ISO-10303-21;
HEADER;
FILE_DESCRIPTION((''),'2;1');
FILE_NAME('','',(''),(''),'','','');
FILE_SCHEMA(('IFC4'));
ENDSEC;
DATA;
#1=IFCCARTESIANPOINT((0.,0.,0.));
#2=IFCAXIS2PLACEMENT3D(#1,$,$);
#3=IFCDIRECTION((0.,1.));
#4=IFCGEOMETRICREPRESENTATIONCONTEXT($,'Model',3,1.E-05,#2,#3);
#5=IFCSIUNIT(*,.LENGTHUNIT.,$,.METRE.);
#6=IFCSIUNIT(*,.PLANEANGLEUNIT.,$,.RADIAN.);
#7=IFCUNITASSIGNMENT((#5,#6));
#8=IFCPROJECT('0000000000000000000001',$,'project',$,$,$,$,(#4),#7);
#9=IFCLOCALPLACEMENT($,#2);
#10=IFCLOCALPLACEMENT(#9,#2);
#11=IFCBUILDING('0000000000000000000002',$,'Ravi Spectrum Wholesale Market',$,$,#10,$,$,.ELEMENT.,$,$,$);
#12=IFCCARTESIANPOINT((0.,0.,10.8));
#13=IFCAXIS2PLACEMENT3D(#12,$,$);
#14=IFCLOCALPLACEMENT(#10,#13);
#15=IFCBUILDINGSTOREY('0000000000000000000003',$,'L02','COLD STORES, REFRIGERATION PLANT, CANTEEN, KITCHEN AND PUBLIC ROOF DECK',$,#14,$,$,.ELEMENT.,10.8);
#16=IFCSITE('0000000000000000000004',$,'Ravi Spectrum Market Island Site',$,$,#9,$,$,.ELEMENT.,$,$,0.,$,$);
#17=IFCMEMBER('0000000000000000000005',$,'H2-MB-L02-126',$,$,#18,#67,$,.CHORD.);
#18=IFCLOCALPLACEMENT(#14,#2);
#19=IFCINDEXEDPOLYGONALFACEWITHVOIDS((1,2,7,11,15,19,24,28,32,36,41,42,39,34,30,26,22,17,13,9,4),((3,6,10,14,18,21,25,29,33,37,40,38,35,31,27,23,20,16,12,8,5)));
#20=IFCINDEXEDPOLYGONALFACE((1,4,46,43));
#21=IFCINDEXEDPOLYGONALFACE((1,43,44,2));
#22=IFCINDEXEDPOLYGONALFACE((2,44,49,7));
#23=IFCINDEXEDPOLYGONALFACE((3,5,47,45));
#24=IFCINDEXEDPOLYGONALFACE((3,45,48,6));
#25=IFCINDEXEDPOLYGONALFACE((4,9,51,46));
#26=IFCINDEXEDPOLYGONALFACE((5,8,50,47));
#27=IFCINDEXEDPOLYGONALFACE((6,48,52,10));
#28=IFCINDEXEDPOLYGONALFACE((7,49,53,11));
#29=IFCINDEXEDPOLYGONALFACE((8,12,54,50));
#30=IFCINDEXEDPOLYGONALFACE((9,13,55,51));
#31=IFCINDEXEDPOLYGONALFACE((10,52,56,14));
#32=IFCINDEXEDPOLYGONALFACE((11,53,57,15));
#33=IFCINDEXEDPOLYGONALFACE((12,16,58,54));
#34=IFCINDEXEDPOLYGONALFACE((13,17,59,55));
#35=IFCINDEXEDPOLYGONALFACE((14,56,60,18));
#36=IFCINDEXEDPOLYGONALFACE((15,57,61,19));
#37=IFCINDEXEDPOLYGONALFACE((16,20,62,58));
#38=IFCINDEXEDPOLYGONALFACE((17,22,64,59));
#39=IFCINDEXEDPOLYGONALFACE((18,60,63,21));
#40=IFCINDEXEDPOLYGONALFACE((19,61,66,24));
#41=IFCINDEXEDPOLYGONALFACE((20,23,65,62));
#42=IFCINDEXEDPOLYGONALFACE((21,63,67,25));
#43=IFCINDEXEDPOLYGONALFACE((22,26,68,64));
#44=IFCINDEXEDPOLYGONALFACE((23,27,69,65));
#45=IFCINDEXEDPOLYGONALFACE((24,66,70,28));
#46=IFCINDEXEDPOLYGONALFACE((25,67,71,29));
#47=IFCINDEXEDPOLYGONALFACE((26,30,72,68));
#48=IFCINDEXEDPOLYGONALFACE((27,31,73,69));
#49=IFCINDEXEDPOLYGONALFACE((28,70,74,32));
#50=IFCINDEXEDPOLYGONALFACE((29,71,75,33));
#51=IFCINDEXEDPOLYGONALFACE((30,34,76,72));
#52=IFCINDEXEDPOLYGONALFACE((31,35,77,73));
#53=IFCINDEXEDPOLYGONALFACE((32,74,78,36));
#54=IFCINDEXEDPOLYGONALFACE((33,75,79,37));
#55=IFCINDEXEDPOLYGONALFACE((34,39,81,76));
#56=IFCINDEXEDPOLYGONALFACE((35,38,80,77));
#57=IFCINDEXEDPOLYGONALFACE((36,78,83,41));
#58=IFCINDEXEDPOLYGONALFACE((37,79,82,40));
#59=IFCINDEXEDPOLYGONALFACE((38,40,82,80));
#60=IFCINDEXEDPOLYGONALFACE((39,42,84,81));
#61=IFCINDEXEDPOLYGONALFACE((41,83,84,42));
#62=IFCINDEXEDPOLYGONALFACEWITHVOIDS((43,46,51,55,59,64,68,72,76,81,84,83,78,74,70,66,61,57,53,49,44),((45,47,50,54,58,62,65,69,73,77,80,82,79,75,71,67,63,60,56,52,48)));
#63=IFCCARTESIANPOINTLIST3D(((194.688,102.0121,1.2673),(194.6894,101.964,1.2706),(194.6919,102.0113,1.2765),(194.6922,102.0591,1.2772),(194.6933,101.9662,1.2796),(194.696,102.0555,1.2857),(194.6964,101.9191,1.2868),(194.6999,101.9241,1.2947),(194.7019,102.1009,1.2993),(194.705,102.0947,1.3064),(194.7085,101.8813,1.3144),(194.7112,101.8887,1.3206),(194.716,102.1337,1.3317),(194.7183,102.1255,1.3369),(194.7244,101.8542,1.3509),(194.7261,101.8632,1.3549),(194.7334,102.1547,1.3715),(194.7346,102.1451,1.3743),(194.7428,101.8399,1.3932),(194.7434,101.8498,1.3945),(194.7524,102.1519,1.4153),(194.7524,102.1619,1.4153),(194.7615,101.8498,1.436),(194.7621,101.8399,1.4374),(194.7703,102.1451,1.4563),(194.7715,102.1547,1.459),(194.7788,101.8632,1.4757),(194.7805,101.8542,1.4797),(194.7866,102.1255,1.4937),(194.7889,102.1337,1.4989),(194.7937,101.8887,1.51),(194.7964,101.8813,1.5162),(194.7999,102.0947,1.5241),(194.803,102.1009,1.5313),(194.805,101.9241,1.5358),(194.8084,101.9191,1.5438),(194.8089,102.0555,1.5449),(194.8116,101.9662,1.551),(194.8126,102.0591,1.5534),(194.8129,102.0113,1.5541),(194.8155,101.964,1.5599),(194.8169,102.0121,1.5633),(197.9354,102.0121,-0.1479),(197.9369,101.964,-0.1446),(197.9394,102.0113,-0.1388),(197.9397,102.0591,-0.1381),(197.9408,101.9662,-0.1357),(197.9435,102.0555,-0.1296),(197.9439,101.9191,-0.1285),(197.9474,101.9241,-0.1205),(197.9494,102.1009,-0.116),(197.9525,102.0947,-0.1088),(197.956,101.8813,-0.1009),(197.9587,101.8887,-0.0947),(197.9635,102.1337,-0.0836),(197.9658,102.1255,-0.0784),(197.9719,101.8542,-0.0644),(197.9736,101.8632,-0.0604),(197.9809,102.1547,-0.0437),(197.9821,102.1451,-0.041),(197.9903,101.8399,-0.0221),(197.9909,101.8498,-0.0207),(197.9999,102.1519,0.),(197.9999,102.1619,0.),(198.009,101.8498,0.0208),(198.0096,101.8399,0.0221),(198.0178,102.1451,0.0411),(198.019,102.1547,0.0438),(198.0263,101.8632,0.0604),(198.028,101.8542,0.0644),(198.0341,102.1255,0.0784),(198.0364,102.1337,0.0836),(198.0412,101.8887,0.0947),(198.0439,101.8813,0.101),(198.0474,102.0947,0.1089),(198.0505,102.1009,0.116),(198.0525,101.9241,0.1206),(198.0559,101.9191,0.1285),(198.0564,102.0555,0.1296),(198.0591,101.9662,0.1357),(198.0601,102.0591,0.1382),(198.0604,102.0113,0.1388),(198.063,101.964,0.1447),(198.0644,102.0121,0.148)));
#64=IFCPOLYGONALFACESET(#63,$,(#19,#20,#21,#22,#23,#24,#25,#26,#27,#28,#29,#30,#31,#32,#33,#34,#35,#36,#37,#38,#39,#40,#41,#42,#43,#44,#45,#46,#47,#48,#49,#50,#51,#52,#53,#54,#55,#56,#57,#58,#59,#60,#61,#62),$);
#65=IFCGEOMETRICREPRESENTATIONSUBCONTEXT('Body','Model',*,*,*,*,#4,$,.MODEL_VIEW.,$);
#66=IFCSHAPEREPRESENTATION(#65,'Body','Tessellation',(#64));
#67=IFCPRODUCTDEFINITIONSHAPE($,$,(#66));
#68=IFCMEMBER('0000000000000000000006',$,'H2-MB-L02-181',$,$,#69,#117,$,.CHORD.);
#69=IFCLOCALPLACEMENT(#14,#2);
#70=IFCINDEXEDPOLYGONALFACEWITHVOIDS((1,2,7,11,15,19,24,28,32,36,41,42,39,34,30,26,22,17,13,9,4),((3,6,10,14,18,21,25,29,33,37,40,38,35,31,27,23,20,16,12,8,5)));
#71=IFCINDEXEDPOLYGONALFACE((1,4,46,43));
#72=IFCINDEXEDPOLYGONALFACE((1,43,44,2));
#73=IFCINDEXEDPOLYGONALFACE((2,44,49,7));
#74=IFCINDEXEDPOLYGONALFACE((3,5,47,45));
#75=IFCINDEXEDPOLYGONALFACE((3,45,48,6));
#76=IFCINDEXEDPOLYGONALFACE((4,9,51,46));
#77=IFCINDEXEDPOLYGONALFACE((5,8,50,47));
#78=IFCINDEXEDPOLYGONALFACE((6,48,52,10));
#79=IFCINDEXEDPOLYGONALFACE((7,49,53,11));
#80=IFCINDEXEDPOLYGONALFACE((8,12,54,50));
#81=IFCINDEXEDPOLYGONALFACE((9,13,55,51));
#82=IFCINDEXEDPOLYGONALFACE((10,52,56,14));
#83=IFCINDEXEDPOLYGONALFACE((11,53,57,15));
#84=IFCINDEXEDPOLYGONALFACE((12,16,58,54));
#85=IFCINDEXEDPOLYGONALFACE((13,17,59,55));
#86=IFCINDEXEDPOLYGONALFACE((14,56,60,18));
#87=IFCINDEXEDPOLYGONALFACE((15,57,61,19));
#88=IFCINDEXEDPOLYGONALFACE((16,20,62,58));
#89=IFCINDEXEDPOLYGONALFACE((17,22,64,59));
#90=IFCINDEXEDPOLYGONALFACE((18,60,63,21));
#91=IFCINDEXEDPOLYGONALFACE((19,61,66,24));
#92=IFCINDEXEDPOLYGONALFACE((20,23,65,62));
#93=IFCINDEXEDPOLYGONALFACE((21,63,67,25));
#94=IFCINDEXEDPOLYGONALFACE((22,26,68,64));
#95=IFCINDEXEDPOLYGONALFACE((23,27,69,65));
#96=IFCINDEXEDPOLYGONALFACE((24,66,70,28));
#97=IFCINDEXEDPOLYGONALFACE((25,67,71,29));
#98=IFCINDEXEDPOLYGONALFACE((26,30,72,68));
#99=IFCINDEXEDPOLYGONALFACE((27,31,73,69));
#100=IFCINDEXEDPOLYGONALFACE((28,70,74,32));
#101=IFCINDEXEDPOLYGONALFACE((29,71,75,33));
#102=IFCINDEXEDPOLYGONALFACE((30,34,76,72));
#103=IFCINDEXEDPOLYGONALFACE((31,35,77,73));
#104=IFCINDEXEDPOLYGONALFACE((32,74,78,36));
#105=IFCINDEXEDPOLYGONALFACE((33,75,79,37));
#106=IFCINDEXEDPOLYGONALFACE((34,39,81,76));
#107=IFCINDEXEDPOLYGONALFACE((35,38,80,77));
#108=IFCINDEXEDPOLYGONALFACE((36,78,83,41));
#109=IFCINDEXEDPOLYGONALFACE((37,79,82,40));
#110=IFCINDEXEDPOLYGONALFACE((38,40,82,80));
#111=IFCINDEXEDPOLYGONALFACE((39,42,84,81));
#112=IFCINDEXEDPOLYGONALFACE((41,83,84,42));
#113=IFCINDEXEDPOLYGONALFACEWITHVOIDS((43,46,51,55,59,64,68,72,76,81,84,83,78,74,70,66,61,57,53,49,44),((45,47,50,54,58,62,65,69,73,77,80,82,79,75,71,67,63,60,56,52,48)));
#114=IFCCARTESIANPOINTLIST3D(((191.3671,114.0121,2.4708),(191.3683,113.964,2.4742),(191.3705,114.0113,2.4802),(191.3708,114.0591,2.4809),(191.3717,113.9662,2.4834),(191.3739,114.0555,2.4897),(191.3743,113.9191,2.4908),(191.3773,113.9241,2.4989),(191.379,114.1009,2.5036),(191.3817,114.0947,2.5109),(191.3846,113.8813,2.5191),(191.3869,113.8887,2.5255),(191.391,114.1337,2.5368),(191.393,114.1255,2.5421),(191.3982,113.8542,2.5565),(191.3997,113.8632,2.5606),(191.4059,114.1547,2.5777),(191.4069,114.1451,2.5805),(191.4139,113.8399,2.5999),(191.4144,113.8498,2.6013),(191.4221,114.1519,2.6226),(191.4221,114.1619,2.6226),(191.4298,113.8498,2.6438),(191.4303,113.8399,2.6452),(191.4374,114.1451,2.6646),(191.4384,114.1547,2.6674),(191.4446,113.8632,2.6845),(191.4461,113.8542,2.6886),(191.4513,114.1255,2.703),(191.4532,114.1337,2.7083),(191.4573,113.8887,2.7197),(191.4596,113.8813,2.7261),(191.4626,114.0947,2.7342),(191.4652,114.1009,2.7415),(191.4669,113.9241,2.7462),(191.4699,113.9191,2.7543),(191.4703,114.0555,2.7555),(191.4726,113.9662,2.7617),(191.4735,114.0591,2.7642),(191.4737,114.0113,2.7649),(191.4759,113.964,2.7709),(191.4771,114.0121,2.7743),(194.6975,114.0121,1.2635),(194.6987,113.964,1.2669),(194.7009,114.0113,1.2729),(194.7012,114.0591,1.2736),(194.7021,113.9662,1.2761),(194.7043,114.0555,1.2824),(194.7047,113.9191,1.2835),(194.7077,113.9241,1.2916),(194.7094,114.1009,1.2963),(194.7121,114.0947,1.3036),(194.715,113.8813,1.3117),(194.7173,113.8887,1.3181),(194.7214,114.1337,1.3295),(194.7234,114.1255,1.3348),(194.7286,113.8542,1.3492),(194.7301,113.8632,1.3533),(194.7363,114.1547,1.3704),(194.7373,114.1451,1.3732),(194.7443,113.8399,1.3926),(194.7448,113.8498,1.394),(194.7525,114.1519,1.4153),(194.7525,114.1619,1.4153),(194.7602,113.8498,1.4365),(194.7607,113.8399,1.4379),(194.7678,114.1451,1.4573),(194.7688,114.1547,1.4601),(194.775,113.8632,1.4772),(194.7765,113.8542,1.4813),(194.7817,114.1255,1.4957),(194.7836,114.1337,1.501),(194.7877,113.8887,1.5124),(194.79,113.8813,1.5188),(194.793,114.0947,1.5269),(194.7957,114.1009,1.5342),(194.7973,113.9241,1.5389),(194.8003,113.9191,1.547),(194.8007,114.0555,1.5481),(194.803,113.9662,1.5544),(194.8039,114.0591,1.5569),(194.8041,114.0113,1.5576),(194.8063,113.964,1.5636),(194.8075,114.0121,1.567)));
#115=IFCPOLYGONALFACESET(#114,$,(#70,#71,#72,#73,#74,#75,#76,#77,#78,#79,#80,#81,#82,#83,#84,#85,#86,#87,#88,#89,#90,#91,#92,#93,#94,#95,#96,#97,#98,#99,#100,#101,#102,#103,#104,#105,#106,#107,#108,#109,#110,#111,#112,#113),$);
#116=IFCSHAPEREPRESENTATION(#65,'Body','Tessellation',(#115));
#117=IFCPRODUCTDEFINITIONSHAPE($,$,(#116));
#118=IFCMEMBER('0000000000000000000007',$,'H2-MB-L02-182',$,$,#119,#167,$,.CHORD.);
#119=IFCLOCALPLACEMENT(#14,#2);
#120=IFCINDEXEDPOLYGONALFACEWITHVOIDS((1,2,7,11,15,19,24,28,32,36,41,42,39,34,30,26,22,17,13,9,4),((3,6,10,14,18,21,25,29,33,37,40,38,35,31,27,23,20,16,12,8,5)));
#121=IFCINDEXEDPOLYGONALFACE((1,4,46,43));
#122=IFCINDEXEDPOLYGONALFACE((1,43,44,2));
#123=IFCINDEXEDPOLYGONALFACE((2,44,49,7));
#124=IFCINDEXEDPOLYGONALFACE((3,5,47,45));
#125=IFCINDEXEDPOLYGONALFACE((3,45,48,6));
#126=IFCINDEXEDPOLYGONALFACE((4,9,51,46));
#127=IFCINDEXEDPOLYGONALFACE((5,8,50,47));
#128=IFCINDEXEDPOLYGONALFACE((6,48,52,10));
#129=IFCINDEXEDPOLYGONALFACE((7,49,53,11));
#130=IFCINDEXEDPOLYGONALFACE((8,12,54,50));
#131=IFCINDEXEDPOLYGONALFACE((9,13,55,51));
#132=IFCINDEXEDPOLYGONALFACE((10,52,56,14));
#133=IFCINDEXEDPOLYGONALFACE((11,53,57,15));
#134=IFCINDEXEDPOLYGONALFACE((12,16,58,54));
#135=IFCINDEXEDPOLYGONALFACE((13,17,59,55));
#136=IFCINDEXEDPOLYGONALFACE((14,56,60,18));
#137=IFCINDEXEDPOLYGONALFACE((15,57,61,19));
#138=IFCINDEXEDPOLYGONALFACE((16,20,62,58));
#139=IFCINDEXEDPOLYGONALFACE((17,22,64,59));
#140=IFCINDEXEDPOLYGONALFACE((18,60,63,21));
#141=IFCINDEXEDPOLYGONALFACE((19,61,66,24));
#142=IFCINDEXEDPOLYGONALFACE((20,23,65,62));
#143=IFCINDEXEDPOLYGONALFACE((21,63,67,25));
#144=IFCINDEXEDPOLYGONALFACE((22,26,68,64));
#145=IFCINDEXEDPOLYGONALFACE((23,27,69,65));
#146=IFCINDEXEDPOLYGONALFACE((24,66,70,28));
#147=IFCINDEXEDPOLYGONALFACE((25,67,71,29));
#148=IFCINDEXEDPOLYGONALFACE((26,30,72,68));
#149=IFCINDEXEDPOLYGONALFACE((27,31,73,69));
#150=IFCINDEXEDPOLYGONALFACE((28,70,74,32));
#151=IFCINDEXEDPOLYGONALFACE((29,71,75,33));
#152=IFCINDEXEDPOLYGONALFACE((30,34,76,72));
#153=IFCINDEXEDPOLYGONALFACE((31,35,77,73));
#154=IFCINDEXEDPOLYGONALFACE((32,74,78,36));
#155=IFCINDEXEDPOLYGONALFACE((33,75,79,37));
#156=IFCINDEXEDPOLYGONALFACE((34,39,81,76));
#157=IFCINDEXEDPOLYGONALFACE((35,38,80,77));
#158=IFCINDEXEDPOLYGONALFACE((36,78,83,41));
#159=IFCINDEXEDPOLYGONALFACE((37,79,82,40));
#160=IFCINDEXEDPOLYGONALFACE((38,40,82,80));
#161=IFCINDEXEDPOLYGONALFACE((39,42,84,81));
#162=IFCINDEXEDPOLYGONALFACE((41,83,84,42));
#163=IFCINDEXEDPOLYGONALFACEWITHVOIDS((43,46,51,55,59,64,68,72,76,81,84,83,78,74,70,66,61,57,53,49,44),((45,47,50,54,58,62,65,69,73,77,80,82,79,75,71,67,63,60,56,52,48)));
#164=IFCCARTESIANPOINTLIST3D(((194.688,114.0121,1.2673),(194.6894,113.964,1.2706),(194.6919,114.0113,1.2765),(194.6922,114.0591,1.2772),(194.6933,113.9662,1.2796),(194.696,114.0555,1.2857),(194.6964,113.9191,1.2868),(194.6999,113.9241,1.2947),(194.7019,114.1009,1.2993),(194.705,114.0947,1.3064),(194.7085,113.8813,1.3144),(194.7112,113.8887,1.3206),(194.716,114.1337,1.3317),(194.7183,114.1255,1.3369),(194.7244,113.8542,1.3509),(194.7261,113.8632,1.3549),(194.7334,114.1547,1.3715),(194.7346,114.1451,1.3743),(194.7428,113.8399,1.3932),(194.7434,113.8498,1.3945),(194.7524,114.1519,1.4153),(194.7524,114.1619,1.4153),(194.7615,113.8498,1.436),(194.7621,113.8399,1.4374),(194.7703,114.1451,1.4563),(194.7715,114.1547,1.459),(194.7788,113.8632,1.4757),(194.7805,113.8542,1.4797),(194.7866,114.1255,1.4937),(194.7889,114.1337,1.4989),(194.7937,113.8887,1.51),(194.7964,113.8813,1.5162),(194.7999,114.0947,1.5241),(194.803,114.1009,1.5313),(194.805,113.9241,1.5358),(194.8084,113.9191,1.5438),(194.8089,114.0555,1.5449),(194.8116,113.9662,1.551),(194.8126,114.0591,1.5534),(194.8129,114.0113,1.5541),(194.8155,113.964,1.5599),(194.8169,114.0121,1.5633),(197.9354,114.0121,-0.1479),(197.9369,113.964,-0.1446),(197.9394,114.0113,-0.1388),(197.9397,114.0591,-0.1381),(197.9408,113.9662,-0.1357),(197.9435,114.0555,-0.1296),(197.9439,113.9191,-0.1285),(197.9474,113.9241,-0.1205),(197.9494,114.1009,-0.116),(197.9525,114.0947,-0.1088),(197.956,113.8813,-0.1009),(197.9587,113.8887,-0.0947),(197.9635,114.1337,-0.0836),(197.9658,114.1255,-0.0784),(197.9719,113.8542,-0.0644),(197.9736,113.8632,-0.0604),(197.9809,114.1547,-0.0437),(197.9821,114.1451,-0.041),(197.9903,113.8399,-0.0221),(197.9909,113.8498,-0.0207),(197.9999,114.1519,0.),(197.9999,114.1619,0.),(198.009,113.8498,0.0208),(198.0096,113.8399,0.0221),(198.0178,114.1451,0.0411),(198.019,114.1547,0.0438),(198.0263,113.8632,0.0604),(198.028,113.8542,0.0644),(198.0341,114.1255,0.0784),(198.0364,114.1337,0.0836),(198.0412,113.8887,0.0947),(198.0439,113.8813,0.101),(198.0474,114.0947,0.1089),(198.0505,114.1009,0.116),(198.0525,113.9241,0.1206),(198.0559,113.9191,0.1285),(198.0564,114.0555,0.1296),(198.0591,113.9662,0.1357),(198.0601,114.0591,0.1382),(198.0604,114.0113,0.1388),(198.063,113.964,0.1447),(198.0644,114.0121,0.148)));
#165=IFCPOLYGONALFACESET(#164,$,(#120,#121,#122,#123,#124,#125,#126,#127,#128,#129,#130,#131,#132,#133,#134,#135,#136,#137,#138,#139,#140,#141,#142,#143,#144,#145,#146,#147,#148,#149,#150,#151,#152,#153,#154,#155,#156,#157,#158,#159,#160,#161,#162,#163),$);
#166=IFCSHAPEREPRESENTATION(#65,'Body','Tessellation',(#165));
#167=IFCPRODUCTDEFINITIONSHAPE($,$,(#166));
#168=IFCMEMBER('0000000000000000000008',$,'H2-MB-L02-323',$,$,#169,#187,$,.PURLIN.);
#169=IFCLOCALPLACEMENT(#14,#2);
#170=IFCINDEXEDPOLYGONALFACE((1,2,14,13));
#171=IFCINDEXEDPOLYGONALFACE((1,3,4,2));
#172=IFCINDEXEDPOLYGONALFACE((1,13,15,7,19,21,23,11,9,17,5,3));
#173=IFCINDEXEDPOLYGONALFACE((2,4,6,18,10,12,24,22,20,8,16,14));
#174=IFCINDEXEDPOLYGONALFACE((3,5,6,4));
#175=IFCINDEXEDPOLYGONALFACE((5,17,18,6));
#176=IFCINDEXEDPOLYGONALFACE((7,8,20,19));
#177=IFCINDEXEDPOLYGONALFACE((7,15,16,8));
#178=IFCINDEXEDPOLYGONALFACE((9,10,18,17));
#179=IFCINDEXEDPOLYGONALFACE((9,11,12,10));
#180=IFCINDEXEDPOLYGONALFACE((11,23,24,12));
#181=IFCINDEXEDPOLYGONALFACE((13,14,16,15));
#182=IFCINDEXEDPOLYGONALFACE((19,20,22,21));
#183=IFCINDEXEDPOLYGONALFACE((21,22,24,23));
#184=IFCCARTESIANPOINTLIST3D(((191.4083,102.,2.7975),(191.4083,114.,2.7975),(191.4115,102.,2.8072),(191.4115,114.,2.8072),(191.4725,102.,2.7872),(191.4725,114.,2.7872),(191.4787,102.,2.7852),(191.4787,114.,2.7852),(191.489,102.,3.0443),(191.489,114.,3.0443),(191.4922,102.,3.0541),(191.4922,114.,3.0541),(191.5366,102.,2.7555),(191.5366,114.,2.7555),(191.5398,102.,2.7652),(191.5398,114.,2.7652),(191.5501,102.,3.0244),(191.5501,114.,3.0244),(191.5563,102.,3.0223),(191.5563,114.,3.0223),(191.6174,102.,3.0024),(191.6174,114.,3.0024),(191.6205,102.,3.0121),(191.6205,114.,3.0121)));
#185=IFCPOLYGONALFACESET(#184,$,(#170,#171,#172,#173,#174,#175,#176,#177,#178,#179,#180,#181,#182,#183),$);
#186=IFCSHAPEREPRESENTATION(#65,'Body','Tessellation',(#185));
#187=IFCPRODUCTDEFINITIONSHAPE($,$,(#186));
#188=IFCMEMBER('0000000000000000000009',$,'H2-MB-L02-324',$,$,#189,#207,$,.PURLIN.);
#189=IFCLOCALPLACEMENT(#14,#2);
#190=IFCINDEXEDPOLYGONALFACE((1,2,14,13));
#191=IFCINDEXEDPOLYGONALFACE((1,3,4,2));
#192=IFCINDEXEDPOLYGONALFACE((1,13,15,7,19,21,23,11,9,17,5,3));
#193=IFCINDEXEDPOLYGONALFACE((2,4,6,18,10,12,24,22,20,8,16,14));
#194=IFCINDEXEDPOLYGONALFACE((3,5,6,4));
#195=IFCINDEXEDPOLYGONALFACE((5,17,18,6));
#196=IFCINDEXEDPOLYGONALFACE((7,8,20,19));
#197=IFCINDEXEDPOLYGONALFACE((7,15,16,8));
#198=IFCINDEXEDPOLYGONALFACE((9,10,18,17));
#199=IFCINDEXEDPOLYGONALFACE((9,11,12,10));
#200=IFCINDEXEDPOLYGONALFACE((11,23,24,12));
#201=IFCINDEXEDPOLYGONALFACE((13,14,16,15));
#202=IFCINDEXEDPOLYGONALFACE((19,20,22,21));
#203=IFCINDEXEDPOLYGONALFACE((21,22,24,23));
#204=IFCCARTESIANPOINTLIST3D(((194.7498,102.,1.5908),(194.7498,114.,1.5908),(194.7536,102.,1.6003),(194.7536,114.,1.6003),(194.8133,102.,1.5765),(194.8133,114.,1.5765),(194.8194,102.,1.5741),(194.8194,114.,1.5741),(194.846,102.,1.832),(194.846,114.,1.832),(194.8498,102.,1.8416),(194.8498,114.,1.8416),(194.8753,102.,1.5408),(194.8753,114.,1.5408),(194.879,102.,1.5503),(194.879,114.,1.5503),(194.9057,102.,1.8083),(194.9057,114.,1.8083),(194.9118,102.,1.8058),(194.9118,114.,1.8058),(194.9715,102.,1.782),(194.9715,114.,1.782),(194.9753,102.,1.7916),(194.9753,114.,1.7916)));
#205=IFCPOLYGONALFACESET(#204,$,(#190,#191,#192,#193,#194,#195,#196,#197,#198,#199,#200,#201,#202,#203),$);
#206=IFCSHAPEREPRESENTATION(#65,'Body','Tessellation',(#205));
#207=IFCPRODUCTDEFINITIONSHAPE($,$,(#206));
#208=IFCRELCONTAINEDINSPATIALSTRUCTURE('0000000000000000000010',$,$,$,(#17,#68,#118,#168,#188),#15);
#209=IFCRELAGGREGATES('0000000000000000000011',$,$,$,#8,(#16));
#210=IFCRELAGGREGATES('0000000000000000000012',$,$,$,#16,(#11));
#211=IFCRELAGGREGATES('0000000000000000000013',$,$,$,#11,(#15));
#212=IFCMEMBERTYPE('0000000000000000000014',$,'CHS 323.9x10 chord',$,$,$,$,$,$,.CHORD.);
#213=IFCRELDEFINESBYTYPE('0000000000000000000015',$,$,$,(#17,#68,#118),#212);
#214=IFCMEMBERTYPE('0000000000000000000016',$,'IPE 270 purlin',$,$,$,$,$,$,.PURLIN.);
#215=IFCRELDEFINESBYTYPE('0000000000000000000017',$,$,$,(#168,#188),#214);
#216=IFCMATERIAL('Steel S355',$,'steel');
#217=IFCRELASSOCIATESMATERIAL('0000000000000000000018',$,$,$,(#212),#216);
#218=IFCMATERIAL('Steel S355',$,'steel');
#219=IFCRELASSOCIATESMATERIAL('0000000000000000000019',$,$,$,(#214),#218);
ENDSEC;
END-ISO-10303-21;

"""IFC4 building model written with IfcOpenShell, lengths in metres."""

from ifc_helpers import new_model, si_unit, direction, frame, origin, origin_2d, place, context, subcontext, project, spatial, hollow_circle, i_section, extrude, material, material_profile, profile_set, type_object, element, save


model = new_model("IFC4")

# Units and contexts
model_context = context("Model", 3, precision=1e-05, world=origin(), true_north=direction((0.0, 1.0)))
body_context = subcontext(model_context, "Body", "Model", "MODEL_VIEW")
ifc_project = project(units=[si_unit("LENGTHUNIT", "METRE"), si_unit("PLANEANGLEUNIT", "RADIAN")], contexts=[model_context])

# Site, building, storey
site_placement = place(None, origin())
site = spatial("IfcSite", under=ifc_project, at=site_placement, Name="Ravi Spectrum Market Island Site", CompositionType="ELEMENT", RefElevation=0.0)
building_placement = place(site_placement, origin())
building = spatial("IfcBuilding", under=site, at=building_placement, Name="Ravi Spectrum Wholesale Market", CompositionType="ELEMENT")
storey_placement = place(building_placement, frame((0.0, 0.0, 10.8)))
storey = spatial("IfcBuildingStorey", under=building, at=storey_placement, Name="L02", Description="COLD STORES, REFRIGERATION PLANT, CANTEEN, KITCHEN AND PUBLIC ROOF DECK", CompositionType="ELEMENT", Elevation=10.8)

# Members
ifc_material_1 = material(Name="Steel S355", Category="steel")
ifc_material_profile_1 = material_profile(ifc_material_1, hollow_circle(Radius=0.1619, WallThickness=0.01, at=origin_2d()))
ifc_profile_set_1 = profile_set([ifc_material_profile_1], Name="Steel S355")
member_type_1 = type_object("IfcMemberType", Name="CHS 323.9x10 chord", PredefinedType="CHORD", material=ifc_profile_set_1)
for number, where, z_axis, x_axis, name in (
    (1, (194.7524, 102.0, 1.4153), (0.916729, 0.0, -0.39951), (0.0, 1.0, 0.0), "H2-MB-L02-126"),
    (2, (191.4221, 114.0, 2.6226), (0.940133, 0.0, -0.340808), (0.0, 1.0, 0.0), "H2-MB-L02-181"),
    (3, (194.7524, 114.0, 1.4153), (0.916729, 0.0, -0.39951), (0.0, 1.0, 0.0), "H2-MB-L02-182"),
):
    element("IfcMember", number, at=place(storey_placement, frame(where, z_axis=z_axis, x_axis=x_axis)), inside=storey, type_object=member_type_1, Name=name, PredefinedType="CHORD", context=body_context, shape_type="SweptSolid", body=[
        extrude(hollow_circle(Radius=0.1619, WallThickness=0.01, at=origin_2d()), origin(), (0.0, 0.0, 1.0), 3.5425),
    ])
ifc_material_2 = material(Name="Steel S355", Category="steel")
ifc_material_profile_2 = material_profile(ifc_material_2, i_section(OverallWidth=0.135, OverallDepth=0.27, WebThickness=0.0066, FlangeThickness=0.0103, at=origin_2d()))
ifc_profile_set_2 = profile_set([ifc_material_profile_2], Name="Steel S355")
member_type_2 = type_object("IfcMemberType", Name="IPE 270 purlin", PredefinedType="PURLIN", material=ifc_profile_set_2)
for number, where, z_axis, x_axis, name in (
    (4, (191.5144, 102.0, 2.9048), (0.0, 1.0, 0.0), (-0.950435, 0.0, 0.310923), "H2-MB-L02-323"),
    (5, (194.8625, 102.0, 1.6912), (0.0, 1.0, 0.0), (-0.928888, 0.0, 0.37036), "H2-MB-L02-324"),
):
    element("IfcMember", number, at=place(storey_placement, frame(where, z_axis=z_axis, x_axis=x_axis)), inside=storey, type_object=member_type_2, Name=name, PredefinedType="PURLIN", context=body_context, shape_type="SweptSolid", body=[
        extrude(i_section(OverallWidth=0.135, OverallDepth=0.27, WebThickness=0.0066, FlangeThickness=0.0103, at=origin_2d()), origin(), (0.0, 0.0, 1.0), 12.0),
    ])

save(model, "model.ifc")
